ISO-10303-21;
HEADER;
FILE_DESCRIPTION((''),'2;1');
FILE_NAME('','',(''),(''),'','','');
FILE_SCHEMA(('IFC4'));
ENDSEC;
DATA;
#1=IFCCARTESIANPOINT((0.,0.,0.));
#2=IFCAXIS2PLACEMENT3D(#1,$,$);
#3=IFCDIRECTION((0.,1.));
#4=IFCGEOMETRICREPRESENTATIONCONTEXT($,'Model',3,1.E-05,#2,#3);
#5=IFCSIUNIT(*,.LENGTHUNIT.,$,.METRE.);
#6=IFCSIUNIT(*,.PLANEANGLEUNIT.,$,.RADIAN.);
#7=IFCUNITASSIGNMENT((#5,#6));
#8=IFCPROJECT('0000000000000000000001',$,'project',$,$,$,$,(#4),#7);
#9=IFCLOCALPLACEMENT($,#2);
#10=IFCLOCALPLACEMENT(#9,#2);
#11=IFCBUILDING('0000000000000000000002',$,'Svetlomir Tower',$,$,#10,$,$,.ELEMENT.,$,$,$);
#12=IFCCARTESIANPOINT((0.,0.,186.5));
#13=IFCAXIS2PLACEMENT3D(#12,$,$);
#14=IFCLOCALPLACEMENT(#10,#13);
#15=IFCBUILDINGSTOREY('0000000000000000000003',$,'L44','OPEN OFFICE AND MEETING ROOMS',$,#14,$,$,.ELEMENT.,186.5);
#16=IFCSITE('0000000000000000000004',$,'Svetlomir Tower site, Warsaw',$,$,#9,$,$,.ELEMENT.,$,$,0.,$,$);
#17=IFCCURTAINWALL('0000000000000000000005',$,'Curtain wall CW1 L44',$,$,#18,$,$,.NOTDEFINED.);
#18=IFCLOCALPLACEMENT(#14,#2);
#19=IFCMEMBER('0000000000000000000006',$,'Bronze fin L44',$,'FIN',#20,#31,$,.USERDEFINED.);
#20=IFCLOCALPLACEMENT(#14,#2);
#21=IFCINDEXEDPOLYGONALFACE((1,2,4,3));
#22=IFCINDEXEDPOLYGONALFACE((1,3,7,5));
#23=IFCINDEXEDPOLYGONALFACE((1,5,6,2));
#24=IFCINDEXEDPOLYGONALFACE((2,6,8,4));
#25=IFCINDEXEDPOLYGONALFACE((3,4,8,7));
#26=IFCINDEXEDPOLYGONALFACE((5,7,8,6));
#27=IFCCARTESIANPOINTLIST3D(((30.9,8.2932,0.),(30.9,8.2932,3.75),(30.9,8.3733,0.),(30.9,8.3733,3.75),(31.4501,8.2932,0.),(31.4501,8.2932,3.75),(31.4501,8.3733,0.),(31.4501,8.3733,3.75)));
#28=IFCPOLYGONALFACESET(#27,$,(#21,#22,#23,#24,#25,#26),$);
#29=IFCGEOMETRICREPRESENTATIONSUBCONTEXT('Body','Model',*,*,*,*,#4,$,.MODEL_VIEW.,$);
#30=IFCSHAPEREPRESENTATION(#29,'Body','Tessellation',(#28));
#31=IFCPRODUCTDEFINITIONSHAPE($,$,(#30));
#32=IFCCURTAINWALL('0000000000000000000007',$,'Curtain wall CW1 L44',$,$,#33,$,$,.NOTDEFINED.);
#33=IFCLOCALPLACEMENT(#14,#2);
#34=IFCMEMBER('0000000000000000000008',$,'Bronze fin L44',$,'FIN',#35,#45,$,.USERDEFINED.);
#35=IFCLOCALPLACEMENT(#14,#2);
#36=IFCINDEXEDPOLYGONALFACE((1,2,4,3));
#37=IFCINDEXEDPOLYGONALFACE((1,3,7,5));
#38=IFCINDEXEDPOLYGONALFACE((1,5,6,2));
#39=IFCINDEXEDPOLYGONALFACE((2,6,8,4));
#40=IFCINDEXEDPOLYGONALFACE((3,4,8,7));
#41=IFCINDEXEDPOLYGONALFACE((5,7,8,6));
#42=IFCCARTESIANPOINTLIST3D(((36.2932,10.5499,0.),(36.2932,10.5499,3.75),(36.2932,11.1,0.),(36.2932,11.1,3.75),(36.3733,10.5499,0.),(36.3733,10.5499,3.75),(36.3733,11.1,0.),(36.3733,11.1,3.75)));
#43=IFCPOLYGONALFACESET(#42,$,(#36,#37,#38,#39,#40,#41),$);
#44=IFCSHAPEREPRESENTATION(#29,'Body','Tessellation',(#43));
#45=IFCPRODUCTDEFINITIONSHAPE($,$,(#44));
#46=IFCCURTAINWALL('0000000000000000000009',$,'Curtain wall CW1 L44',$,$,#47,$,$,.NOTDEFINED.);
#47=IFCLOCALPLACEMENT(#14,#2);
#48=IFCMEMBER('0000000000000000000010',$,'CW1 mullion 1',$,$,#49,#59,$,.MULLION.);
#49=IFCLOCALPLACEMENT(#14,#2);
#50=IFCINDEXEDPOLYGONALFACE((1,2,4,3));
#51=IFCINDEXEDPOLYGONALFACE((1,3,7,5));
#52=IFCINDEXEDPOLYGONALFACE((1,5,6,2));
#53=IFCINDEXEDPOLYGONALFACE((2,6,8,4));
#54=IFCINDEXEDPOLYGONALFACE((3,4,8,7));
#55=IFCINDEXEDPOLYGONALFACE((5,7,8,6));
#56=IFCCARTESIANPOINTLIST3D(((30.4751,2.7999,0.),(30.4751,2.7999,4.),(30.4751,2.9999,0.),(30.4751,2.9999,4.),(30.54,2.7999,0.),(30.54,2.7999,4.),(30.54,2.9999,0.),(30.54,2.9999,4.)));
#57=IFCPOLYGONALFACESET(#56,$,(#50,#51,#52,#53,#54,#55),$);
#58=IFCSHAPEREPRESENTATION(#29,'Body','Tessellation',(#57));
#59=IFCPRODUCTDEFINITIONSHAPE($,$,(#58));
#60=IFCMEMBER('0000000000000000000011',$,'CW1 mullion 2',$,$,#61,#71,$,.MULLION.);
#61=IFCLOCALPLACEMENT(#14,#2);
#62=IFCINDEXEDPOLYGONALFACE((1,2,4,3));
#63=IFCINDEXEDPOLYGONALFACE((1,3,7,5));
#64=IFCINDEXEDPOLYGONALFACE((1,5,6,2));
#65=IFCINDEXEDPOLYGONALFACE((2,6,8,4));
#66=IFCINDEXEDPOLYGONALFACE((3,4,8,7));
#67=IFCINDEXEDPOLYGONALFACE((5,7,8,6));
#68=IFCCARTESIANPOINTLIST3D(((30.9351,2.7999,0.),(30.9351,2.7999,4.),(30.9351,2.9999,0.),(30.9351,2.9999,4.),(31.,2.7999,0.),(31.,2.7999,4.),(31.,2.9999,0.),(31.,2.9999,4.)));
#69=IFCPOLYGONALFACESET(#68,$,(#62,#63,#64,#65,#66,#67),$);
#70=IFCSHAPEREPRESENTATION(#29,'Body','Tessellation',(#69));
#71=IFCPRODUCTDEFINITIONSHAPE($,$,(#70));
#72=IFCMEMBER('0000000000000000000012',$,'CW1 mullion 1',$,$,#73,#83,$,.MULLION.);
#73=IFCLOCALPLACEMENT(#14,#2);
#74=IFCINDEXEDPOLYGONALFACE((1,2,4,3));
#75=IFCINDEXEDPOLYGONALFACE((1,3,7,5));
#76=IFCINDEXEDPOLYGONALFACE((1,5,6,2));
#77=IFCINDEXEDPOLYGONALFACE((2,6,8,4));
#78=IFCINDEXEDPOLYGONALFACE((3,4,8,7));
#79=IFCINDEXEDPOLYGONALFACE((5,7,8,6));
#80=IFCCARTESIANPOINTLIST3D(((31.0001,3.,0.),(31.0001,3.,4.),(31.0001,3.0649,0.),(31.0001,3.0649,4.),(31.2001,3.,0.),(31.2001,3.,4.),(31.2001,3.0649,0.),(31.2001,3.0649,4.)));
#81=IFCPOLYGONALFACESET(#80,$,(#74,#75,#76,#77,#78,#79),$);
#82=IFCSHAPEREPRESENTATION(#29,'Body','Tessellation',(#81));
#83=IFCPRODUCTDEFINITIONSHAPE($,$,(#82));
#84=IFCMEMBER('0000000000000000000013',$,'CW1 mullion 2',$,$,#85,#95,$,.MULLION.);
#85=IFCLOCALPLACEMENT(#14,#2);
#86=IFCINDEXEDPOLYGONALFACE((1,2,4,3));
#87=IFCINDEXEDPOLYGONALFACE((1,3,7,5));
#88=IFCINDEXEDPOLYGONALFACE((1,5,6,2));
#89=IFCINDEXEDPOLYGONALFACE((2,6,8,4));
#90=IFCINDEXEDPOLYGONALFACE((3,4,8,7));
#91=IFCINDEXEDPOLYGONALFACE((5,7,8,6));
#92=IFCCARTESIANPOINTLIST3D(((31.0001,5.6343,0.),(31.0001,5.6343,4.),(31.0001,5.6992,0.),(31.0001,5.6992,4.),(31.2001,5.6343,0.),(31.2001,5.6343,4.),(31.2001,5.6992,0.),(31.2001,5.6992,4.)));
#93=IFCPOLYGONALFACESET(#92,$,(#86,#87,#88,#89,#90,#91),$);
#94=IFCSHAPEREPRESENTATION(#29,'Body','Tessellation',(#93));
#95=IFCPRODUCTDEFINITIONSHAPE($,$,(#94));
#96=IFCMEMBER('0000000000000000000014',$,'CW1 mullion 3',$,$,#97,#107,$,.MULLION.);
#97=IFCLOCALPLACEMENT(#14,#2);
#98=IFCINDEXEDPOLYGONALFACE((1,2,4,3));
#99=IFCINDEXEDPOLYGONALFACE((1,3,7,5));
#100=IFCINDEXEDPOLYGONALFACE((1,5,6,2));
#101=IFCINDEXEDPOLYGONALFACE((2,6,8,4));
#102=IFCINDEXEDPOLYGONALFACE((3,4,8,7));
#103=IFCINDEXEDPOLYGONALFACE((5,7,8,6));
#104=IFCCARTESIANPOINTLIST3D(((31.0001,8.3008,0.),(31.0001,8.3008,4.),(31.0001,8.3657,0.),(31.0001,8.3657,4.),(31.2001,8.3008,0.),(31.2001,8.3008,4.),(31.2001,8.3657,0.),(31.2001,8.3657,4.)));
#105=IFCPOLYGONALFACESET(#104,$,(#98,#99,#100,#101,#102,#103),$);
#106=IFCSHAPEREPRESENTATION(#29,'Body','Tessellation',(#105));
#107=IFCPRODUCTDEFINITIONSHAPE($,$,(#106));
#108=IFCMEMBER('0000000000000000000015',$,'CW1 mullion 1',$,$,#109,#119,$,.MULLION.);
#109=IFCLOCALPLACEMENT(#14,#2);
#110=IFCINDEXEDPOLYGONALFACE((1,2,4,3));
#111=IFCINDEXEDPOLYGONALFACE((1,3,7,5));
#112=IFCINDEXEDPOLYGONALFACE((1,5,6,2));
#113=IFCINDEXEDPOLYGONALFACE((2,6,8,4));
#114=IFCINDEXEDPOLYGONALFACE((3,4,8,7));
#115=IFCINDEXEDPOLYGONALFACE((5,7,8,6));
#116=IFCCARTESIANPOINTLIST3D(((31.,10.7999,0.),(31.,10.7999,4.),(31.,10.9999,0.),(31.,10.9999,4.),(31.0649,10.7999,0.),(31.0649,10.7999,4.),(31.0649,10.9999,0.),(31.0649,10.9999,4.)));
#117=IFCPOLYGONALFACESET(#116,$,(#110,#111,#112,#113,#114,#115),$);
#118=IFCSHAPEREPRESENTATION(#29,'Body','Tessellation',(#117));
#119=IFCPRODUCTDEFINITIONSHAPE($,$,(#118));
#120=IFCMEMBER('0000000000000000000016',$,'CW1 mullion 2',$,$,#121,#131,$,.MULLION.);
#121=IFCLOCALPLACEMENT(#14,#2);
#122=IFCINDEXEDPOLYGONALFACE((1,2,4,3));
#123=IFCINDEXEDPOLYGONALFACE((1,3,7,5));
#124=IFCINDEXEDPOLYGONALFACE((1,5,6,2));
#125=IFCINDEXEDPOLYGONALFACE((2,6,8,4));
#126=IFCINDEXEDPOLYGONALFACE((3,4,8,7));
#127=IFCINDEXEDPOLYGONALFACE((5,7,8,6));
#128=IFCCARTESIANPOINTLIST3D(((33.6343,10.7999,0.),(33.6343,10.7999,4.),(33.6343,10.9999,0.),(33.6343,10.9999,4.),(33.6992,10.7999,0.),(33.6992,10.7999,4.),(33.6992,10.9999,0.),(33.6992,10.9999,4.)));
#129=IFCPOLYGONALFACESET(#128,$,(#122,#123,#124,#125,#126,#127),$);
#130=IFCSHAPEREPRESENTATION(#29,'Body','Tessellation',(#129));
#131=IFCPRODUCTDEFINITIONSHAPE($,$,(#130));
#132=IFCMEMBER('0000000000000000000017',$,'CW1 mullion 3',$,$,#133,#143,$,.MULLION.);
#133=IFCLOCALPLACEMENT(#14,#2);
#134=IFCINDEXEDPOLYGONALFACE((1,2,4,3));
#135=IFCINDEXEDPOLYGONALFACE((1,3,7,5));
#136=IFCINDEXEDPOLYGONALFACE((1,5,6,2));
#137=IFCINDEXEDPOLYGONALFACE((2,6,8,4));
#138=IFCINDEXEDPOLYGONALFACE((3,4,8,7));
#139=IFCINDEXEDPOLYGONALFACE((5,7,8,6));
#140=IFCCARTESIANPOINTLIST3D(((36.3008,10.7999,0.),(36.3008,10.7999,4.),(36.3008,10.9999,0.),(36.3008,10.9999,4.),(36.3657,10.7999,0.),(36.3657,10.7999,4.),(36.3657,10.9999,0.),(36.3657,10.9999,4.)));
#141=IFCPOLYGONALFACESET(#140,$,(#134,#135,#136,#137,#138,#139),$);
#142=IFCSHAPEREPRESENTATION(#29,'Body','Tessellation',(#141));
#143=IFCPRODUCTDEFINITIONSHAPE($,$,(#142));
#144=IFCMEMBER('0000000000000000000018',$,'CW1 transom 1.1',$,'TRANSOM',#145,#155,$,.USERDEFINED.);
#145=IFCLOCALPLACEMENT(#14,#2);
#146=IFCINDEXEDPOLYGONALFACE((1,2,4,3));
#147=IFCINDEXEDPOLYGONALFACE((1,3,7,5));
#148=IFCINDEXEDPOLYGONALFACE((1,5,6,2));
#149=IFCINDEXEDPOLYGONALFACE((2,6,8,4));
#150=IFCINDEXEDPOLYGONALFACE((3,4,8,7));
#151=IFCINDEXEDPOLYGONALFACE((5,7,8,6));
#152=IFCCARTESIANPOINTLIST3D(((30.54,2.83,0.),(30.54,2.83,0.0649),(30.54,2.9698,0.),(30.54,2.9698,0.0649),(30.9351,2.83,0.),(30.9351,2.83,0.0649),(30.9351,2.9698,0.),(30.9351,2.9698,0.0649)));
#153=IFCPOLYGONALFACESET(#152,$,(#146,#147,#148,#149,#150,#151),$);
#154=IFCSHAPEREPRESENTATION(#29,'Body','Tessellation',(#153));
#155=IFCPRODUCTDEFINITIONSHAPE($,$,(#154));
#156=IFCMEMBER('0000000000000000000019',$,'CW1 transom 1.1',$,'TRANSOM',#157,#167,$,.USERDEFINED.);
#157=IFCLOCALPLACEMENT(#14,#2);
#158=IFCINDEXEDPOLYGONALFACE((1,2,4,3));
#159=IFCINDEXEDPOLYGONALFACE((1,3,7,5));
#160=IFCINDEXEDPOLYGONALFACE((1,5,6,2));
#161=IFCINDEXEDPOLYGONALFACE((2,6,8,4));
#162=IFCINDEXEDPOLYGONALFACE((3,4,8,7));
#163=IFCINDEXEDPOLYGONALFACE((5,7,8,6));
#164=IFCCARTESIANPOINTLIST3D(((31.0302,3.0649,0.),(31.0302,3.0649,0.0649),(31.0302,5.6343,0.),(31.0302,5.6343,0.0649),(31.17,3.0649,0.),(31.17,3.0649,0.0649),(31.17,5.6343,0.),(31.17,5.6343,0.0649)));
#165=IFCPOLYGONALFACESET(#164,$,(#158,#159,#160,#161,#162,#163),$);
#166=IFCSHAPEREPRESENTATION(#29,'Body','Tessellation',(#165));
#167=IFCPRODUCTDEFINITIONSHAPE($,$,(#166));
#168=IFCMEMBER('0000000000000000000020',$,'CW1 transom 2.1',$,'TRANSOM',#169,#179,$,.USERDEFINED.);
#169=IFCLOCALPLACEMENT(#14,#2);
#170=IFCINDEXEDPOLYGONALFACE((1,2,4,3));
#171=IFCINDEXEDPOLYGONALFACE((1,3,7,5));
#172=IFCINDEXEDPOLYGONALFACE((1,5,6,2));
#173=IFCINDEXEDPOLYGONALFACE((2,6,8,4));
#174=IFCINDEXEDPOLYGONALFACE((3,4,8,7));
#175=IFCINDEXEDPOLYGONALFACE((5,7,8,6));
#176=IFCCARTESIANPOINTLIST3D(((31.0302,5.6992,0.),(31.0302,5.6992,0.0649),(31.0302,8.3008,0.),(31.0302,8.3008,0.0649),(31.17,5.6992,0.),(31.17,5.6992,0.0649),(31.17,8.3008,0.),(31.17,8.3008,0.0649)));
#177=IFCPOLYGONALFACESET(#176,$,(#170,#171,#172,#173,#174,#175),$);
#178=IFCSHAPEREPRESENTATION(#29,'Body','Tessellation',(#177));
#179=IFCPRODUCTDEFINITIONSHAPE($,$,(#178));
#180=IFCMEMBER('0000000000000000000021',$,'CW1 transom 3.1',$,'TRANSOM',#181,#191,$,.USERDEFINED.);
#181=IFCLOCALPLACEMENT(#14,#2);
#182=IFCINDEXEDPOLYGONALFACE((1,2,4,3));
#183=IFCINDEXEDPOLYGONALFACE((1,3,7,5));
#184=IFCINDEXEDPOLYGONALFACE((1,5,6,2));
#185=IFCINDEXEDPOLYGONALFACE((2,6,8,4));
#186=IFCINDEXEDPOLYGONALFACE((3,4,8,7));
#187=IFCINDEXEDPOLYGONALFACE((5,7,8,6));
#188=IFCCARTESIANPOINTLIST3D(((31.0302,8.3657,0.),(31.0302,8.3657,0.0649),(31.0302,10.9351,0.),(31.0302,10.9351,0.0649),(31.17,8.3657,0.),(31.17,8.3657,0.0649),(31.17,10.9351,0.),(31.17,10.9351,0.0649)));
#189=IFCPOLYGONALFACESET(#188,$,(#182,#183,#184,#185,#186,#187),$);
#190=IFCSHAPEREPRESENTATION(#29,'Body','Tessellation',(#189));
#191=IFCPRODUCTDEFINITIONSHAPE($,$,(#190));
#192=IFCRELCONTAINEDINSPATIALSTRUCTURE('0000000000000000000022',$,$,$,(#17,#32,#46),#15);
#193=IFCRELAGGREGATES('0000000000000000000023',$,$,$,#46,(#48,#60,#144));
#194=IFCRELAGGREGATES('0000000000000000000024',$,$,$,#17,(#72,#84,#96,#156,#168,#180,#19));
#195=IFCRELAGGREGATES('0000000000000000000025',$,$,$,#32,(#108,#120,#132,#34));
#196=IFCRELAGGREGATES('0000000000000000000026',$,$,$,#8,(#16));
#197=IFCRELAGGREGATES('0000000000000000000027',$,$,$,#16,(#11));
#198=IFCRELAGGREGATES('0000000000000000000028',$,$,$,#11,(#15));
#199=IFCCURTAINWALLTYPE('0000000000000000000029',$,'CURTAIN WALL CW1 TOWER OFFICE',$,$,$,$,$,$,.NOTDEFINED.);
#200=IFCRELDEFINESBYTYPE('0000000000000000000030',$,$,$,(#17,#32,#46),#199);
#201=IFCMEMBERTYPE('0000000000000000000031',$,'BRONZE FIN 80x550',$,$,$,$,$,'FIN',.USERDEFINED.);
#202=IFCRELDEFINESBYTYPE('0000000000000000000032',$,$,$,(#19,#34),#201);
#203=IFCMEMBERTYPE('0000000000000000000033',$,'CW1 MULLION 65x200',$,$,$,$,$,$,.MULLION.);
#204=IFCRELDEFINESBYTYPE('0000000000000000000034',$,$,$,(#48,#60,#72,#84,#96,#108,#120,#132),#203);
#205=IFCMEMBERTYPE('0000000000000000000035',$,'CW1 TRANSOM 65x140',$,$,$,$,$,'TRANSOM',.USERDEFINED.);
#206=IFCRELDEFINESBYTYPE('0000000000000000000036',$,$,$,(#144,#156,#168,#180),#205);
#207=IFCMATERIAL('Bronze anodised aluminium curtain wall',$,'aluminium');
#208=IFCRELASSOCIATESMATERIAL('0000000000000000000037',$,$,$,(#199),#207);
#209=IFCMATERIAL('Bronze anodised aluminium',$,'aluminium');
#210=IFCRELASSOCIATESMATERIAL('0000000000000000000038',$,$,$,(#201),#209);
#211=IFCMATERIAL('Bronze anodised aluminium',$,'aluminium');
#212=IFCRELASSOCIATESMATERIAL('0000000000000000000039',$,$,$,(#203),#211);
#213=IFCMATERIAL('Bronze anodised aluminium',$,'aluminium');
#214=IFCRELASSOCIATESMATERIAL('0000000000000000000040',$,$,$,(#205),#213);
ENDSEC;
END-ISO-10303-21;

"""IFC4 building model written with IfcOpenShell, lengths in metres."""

from ifc_helpers import new_model, si_unit, direction, frame, origin, origin_2d, place, context, subcontext, project, spatial, rectangle, extrude, material, material_profile, profile_set, type_object, element, aggregate, save


model = new_model("IFC4")

# Units and contexts
model_context = context("Model", 3, precision=1e-05, world=origin(), true_north=direction((0.0, 1.0)))
body_context = subcontext(model_context, "Body", "Model", "MODEL_VIEW")
ifc_project = project(units=[si_unit("LENGTHUNIT", "METRE"), si_unit("PLANEANGLEUNIT", "RADIAN")], contexts=[model_context])

# Site, building, storey
site_placement = place(None, origin())
site = spatial("IfcSite", under=ifc_project, at=site_placement, Name="Svetlomir Tower site, Warsaw", CompositionType="ELEMENT", RefElevation=0.0)
building_placement = place(site_placement, origin())
building = spatial("IfcBuilding", under=site, at=building_placement, Name="Svetlomir Tower", CompositionType="ELEMENT")
storey_placement = place(building_placement, frame((0.0, 0.0, 186.5)))
storey = spatial("IfcBuildingStorey", under=building, at=storey_placement, Name="L44", Description="OPEN OFFICE AND MEETING ROOMS", CompositionType="ELEMENT", Elevation=186.5)

# Curtain walls, members
ifc_material_1 = material(Name="Bronze anodised aluminium curtain wall", Category="aluminium")
curtain_wall_type = type_object("IfcCurtainWallType", Name="CURTAIN WALL CW1 TOWER OFFICE", PredefinedType="NOTDEFINED", material=ifc_material_1)
curtain_wall_1_placement = place(storey_placement, origin())
curtain_wall_1 = element("IfcCurtainWall", 1, at=curtain_wall_1_placement, inside=storey, type_object=curtain_wall_type, Name="Curtain wall CW1 L44", PredefinedType="NOTDEFINED")
ifc_material_2 = material(Name="Bronze anodised aluminium", Category="aluminium")
ifc_material_profile_1 = material_profile(ifc_material_2, rectangle(XDim=0.0801, YDim=0.55, at=origin_2d()), Name="FIN 80x550")
ifc_profile_set_1 = profile_set([ifc_material_profile_1], Name="Bronze anodised aluminium 6063-T6")
member_type_1 = type_object("IfcMemberType", Name="BRONZE FIN 80x550", ElementType="FIN", PredefinedType="USERDEFINED", material=ifc_profile_set_1)
member_1_placement = place(storey_placement, frame((31.175, 8.3333, 0.0), z_axis=(0.0, 0.0, 1.0), x_axis=(0.0, 1.0, 0.0)))
member_1 = element("IfcMember", 2, at=member_1_placement, type_object=member_type_1, Name="Bronze fin L44", ObjectType="FIN", PredefinedType="USERDEFINED", context=body_context, shape_type="SweptSolid", body=[
    extrude(rectangle(XDim=0.0801, YDim=0.55, at=origin_2d()), origin(), (0.0, 0.0, 1.0), 3.75),
])
curtain_wall_2_placement = place(storey_placement, origin())
curtain_wall_2 = element("IfcCurtainWall", 3, at=curtain_wall_2_placement, inside=storey, type_object=curtain_wall_type, Name="Curtain wall CW1 L44", PredefinedType="NOTDEFINED")
member_2_placement = place(storey_placement, frame((36.3333, 10.825, 0.0), z_axis=(0.0, 0.0, 1.0), x_axis=(1.0, 0.0, 0.0)))
member_2 = element("IfcMember", 4, at=member_2_placement, type_object=member_type_1, Name="Bronze fin L44", ObjectType="FIN", PredefinedType="USERDEFINED", context=body_context, shape_type="SweptSolid", body=[
    extrude(rectangle(XDim=0.0801, YDim=0.55, at=origin_2d()), origin(), (0.0, 0.0, 1.0), 3.75),
])

# Curtain wall, members
curtain_wall_3_placement = place(storey_placement, origin())
curtain_wall_3 = element("IfcCurtainWall", 5, at=curtain_wall_3_placement, inside=storey, type_object=curtain_wall_type, Name="Curtain wall CW1 L44", PredefinedType="NOTDEFINED")
ifc_material_3 = material(Name="Bronze anodised aluminium", Category="aluminium")
ifc_material_profile_2 = material_profile(ifc_material_3, rectangle(XDim=0.0649, YDim=0.2, at=origin_2d()), Name="AL 65x200")
ifc_profile_set_2 = profile_set([ifc_material_profile_2], Name="Bronze anodised aluminium 6063-T6")
member_type_2 = type_object("IfcMemberType", Name="CW1 MULLION 65x200", PredefinedType="MULLION", material=ifc_profile_set_2)
member_3_placement = place(storey_placement, frame((30.5076, 2.8999, 0.0), z_axis=(0.0, 0.0, 1.0), x_axis=(1.0, 0.0, 0.0)))
member_3 = element("IfcMember", 6, at=member_3_placement, type_object=member_type_2, Name="CW1 mullion 1", PredefinedType="MULLION", context=body_context, shape_type="SweptSolid", body=[
    extrude(rectangle(XDim=0.0649, YDim=0.2, at=origin_2d()), origin(), (0.0, 0.0, 1.0), 4.0),
])
member_4_placement = place(storey_placement, frame((30.9675, 2.8999, 0.0), z_axis=(0.0, 0.0, 1.0), x_axis=(1.0, 0.0, 0.0)))
member_4 = element("IfcMember", 7, at=member_4_placement, type_object=member_type_2, Name="CW1 mullion 2", PredefinedType="MULLION", context=body_context, shape_type="SweptSolid", body=[
    extrude(rectangle(XDim=0.0649, YDim=0.2, at=origin_2d()), origin(), (0.0, 0.0, 1.0), 4.0),
])

# Members
member_5_placement = place(storey_placement, frame((31.1001, 3.0325, 0.0), z_axis=(0.0, 0.0, 1.0), x_axis=(0.0, 1.0, 0.0)))
member_5 = element("IfcMember", 8, at=member_5_placement, type_object=member_type_2, Name="CW1 mullion 1", PredefinedType="MULLION", context=body_context, shape_type="SweptSolid", body=[
    extrude(rectangle(XDim=0.0649, YDim=0.2, at=origin_2d()), origin(), (0.0, 0.0, 1.0), 4.0),
])
member_6_placement = place(storey_placement, frame((31.1001, 5.6667, 0.0), z_axis=(0.0, 0.0, 1.0), x_axis=(0.0, 1.0, 0.0)))
member_6 = element("IfcMember", 9, at=member_6_placement, type_object=member_type_2, Name="CW1 mullion 2", PredefinedType="MULLION", context=body_context, shape_type="SweptSolid", body=[
    extrude(rectangle(XDim=0.0649, YDim=0.2, at=origin_2d()), origin(), (0.0, 0.0, 1.0), 4.0),
])
member_7_placement = place(storey_placement, frame((31.1001, 8.3333, 0.0), z_axis=(0.0, 0.0, 1.0), x_axis=(0.0, 1.0, 0.0)))
member_7 = element("IfcMember", 10, at=member_7_placement, type_object=member_type_2, Name="CW1 mullion 3", PredefinedType="MULLION", context=body_context, shape_type="SweptSolid", body=[
    extrude(rectangle(XDim=0.0649, YDim=0.2, at=origin_2d()), origin(), (0.0, 0.0, 1.0), 4.0),
])
member_8_placement = place(storey_placement, frame((31.0325, 10.8999, 0.0), z_axis=(0.0, 0.0, 1.0), x_axis=(1.0, 0.0, 0.0)))
member_8 = element("IfcMember", 11, at=member_8_placement, type_object=member_type_2, Name="CW1 mullion 1", PredefinedType="MULLION", context=body_context, shape_type="SweptSolid", body=[
    extrude(rectangle(XDim=0.0649, YDim=0.2, at=origin_2d()), origin(), (0.0, 0.0, 1.0), 4.0),
])
member_9_placement = place(storey_placement, frame((33.6667, 10.8999, 0.0), z_axis=(0.0, 0.0, 1.0), x_axis=(1.0, 0.0, 0.0)))
member_9 = element("IfcMember", 12, at=member_9_placement, type_object=member_type_2, Name="CW1 mullion 2", PredefinedType="MULLION", context=body_context, shape_type="SweptSolid", body=[
    extrude(rectangle(XDim=0.0649, YDim=0.2, at=origin_2d()), origin(), (0.0, 0.0, 1.0), 4.0),
])
member_10_placement = place(storey_placement, frame((36.3333, 10.8999, 0.0), z_axis=(0.0, 0.0, 1.0), x_axis=(1.0, 0.0, 0.0)))
member_10 = element("IfcMember", 13, at=member_10_placement, type_object=member_type_2, Name="CW1 mullion 3", PredefinedType="MULLION", context=body_context, shape_type="SweptSolid", body=[
    extrude(rectangle(XDim=0.0649, YDim=0.2, at=origin_2d()), origin(), (0.0, 0.0, 1.0), 4.0),
])
ifc_material_4 = material(Name="Bronze anodised aluminium", Category="aluminium")
ifc_material_profile_3 = material_profile(ifc_material_4, rectangle(XDim=0.1399, YDim=0.0649, at=origin_2d()), Name="AL 140x65")
ifc_profile_set_3 = profile_set([ifc_material_profile_3], Name="Bronze anodised aluminium 6063-T6")
member_type_3 = type_object("IfcMemberType", Name="CW1 TRANSOM 65x140", ElementType="TRANSOM", PredefinedType="USERDEFINED", material=ifc_profile_set_3)
member_11_placement = place(storey_placement, frame((30.54, 2.8999, 0.0325), z_axis=(1.0, 0.0, 0.0), x_axis=(0.0, 1.0, 0.0)))
member_11 = element("IfcMember", 14, at=member_11_placement, type_object=member_type_3, Name="CW1 transom 1.1", ObjectType="TRANSOM", PredefinedType="USERDEFINED", context=body_context, shape_type="SweptSolid", body=[
    extrude(rectangle(XDim=0.1399, YDim=0.0649, at=origin_2d()), origin(), (0.0, 0.0, 1.0), 0.395),
])
member_12_placement = place(storey_placement, frame((31.1001, 3.0649, 0.0325), z_axis=(0.0, 1.0, 0.0), x_axis=(-1.0, 0.0, 0.0)))
member_12 = element("IfcMember", 15, at=member_12_placement, type_object=member_type_3, Name="CW1 transom 1.1", ObjectType="TRANSOM", PredefinedType="USERDEFINED", context=body_context, shape_type="SweptSolid", body=[
    extrude(rectangle(XDim=0.1399, YDim=0.0649, at=origin_2d()), origin(), (0.0, 0.0, 1.0), 2.5693),
])
member_13_placement = place(storey_placement, frame((31.1001, 5.6992, 0.0325), z_axis=(0.0, 1.0, 0.0), x_axis=(-1.0, 0.0, 0.0)))
member_13 = element("IfcMember", 16, at=member_13_placement, type_object=member_type_3, Name="CW1 transom 2.1", ObjectType="TRANSOM", PredefinedType="USERDEFINED", context=body_context, shape_type="SweptSolid", body=[
    extrude(rectangle(XDim=0.1399, YDim=0.0649, at=origin_2d()), origin(), (0.0, 0.0, 1.0), 2.6016),
])
member_14_placement = place(storey_placement, frame((31.1001, 8.3657, 0.0325), z_axis=(0.0, 1.0, 0.0), x_axis=(-1.0, 0.0, 0.0)))
member_14 = element("IfcMember", 17, at=member_14_placement, type_object=member_type_3, Name="CW1 transom 3.1", ObjectType="TRANSOM", PredefinedType="USERDEFINED", context=body_context, shape_type="SweptSolid", body=[
    extrude(rectangle(XDim=0.1399, YDim=0.0649, at=origin_2d()), origin(), (0.0, 0.0, 1.0), 2.5693),
])

aggregate(curtain_wall_3, [member_3, member_4, member_11])
aggregate(curtain_wall_1, [member_5, member_6, member_7, member_12, member_13, member_14, member_1])
aggregate(curtain_wall_2, [member_8, member_9, member_10, member_2])

save(model, "model.ifc")
